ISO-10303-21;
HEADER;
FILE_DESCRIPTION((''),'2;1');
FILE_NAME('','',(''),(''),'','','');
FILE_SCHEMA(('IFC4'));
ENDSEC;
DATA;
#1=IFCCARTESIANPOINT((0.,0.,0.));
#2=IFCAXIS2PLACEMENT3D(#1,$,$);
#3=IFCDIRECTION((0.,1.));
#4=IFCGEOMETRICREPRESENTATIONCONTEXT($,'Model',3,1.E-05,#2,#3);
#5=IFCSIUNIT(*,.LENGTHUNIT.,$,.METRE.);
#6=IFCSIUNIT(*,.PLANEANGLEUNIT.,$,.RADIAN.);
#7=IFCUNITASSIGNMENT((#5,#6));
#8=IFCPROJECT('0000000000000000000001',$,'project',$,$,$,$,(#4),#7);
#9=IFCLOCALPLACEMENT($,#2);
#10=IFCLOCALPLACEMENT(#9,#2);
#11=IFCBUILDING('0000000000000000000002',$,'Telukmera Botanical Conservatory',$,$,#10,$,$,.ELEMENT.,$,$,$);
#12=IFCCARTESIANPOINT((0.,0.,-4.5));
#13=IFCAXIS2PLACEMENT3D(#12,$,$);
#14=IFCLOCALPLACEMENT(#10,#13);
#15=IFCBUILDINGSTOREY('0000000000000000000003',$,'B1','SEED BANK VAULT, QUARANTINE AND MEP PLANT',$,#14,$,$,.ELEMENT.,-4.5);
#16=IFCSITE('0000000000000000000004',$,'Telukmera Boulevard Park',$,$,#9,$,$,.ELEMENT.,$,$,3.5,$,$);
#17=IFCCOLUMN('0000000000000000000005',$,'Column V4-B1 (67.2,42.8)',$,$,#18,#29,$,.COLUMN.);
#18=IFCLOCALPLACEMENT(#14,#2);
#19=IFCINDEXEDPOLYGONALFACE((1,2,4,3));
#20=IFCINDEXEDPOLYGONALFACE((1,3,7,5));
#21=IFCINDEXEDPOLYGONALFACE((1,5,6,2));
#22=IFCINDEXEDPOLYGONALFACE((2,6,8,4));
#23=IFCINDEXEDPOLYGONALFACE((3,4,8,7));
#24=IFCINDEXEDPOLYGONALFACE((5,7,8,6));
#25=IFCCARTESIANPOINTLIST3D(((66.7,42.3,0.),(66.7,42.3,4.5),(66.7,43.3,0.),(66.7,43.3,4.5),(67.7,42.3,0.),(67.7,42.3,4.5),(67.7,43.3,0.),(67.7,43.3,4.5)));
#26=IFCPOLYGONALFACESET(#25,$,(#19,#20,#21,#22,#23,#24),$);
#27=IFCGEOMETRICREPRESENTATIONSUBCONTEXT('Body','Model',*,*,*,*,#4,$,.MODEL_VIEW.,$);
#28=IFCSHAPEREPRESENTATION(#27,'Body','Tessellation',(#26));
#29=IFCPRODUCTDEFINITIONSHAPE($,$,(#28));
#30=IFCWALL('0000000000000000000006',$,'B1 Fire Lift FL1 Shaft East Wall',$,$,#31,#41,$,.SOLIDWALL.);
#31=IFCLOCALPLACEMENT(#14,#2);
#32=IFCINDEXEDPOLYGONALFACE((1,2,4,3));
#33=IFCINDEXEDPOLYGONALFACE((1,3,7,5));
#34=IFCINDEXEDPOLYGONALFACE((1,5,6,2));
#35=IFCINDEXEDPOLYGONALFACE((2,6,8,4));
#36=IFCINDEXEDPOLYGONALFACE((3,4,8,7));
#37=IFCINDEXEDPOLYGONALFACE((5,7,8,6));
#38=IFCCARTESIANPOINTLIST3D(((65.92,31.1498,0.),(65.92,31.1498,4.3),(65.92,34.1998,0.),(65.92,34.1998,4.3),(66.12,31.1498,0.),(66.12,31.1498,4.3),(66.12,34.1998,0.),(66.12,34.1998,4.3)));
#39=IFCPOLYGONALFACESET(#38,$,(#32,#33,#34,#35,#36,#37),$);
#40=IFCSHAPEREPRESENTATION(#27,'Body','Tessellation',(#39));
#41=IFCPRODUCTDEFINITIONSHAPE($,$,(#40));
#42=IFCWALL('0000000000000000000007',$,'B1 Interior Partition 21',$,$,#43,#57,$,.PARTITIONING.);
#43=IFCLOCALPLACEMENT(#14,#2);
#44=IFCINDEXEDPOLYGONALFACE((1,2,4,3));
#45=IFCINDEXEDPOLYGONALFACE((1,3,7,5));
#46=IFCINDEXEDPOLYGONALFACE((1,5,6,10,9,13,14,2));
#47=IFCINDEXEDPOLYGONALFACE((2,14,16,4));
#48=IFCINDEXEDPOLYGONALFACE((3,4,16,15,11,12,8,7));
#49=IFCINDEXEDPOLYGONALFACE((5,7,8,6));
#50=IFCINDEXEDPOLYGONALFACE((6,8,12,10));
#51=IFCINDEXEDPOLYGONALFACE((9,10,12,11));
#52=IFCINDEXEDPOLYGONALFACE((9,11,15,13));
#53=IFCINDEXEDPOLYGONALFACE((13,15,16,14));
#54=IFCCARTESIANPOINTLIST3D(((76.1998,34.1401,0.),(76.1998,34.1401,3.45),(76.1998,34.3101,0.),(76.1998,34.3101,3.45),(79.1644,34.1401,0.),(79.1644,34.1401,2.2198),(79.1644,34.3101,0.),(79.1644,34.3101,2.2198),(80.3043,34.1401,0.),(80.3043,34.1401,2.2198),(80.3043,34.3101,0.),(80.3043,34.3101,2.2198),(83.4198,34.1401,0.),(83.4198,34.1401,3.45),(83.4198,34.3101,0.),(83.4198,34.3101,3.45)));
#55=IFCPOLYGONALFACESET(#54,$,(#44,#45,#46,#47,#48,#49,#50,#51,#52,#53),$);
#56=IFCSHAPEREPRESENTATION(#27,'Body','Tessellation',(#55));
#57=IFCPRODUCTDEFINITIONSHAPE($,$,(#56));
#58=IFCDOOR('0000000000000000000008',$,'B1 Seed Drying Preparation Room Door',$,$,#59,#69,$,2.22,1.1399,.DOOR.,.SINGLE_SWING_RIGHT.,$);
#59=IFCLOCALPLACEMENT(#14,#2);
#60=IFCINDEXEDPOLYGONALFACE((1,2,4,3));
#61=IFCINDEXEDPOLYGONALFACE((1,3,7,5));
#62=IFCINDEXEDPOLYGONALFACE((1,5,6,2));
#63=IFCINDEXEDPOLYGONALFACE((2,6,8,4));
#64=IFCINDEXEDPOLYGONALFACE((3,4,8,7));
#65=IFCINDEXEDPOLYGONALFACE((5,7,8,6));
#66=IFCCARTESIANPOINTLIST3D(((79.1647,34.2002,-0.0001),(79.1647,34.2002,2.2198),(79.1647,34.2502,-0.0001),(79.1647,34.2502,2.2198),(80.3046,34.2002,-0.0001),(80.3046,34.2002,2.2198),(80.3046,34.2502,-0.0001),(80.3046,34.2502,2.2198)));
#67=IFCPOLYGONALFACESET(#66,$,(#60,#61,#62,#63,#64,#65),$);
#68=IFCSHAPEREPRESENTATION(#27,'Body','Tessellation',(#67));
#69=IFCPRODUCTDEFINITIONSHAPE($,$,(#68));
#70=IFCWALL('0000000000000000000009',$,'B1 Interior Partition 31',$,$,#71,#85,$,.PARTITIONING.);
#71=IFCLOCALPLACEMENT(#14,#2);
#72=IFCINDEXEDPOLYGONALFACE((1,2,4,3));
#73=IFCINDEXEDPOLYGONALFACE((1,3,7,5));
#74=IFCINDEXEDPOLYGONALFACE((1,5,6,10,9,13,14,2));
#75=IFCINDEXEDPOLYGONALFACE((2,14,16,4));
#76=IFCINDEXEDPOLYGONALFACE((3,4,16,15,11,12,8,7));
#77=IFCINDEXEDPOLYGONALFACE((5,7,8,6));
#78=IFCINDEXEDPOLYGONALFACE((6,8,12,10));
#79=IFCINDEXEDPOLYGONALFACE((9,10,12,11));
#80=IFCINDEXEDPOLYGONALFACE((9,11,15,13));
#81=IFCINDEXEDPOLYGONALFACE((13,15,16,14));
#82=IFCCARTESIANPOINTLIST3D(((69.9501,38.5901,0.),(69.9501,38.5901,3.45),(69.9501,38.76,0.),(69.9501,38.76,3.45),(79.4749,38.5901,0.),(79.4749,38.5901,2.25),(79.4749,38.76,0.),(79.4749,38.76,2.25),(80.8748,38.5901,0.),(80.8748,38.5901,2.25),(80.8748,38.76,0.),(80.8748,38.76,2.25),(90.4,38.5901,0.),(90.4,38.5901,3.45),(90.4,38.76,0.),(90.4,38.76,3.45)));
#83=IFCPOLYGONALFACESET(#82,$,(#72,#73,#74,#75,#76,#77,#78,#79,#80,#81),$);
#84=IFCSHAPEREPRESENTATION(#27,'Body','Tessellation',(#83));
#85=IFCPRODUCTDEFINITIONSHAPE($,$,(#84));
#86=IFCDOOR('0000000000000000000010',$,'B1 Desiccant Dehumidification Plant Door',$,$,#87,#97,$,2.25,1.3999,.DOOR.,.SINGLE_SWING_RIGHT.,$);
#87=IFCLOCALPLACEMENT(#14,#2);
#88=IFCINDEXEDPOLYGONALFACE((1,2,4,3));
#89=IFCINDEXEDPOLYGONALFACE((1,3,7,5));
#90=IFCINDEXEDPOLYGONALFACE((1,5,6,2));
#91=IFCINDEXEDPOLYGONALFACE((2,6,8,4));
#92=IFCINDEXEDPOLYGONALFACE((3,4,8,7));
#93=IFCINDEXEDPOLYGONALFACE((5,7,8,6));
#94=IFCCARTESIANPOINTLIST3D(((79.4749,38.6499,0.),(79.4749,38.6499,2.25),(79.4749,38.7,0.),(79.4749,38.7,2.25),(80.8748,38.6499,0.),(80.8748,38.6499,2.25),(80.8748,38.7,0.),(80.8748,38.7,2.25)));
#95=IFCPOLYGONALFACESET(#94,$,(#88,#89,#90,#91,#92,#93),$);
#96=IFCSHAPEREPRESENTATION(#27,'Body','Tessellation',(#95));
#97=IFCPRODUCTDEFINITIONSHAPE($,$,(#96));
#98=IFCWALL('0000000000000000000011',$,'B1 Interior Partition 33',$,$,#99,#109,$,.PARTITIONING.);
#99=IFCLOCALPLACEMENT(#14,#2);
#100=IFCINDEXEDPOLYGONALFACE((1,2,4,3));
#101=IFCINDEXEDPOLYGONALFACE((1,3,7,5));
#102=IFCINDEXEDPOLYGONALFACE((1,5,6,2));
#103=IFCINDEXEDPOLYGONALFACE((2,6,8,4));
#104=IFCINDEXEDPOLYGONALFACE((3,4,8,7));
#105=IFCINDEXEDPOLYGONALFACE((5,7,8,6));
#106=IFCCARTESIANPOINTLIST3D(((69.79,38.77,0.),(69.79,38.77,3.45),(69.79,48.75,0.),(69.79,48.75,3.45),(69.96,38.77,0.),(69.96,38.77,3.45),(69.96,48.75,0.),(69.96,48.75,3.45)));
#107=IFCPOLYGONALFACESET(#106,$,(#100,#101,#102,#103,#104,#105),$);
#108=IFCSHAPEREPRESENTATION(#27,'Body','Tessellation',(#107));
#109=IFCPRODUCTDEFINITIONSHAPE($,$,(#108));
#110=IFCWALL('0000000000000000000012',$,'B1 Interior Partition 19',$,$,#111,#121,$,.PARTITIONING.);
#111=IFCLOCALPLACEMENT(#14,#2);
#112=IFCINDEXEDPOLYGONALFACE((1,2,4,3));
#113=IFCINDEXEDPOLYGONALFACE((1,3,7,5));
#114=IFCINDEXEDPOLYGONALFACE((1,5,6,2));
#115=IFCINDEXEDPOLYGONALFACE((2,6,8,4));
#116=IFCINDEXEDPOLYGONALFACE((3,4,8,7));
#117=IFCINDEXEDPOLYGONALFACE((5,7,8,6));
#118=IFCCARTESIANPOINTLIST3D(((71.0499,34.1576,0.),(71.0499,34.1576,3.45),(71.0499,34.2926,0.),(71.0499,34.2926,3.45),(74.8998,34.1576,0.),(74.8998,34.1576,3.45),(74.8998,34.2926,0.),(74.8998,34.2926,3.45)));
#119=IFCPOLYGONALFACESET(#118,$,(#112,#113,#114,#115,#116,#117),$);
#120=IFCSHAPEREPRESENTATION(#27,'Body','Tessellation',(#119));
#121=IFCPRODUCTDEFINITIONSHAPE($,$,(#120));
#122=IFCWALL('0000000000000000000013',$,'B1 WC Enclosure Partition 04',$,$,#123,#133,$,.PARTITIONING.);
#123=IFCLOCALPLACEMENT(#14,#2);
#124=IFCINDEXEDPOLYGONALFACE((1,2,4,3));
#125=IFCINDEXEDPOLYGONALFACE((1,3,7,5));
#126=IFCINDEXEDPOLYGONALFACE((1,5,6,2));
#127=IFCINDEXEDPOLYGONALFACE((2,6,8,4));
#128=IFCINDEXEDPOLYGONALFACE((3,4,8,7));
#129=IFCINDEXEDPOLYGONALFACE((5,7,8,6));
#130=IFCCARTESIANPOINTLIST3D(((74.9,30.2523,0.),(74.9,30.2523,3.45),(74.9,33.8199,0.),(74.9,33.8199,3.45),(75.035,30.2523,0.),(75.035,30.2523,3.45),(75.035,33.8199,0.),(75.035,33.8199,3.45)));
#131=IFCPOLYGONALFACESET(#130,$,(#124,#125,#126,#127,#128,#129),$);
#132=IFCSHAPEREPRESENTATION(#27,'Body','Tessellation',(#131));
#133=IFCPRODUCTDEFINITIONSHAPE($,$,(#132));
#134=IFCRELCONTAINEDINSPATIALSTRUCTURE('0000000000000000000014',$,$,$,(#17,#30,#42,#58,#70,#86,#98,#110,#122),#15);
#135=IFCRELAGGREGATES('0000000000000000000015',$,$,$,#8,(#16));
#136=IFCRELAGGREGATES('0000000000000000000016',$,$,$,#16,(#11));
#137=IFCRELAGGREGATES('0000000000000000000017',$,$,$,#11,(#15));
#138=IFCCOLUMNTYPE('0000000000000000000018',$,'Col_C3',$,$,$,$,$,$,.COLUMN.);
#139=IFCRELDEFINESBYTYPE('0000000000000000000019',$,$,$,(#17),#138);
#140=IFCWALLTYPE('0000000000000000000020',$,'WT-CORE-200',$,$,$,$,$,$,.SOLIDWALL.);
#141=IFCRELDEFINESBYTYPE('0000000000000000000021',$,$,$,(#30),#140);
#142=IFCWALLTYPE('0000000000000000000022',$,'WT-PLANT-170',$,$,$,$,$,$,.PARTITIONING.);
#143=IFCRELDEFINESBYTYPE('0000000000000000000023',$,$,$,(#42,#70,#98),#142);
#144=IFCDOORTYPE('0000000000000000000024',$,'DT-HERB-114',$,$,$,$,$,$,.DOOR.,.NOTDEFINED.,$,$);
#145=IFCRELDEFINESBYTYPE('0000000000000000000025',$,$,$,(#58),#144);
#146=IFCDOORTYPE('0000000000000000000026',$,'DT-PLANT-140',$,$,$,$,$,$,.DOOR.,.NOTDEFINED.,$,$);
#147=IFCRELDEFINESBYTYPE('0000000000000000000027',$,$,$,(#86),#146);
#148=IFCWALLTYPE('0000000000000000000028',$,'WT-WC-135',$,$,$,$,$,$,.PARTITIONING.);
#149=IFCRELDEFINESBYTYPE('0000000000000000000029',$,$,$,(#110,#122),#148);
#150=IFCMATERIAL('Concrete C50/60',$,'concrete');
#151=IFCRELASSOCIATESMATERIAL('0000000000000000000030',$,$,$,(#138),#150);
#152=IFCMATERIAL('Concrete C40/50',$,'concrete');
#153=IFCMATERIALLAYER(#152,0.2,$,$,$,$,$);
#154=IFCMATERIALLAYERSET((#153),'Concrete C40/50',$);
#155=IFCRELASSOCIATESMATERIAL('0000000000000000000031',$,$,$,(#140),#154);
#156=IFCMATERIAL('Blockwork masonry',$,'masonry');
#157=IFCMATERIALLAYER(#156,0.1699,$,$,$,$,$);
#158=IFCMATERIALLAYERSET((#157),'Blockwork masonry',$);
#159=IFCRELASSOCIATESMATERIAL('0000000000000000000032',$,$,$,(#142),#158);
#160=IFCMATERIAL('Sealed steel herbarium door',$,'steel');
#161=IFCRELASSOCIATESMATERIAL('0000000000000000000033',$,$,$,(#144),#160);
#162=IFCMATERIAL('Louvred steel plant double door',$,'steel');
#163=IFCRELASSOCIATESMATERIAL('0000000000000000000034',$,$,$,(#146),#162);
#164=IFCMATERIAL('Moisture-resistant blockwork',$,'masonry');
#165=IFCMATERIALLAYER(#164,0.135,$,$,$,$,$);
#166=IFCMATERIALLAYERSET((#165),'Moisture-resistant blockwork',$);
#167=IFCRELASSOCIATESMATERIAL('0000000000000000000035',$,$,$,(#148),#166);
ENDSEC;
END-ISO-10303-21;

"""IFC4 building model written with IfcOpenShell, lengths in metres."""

from ifc_helpers import new_model, si_unit, direction, frame, frame_2d, origin, origin_2d, place, context, subcontext, project, spatial, rectangle, extrude, material, layer, layer_set, material_profile, profile_set, type_object, element, fill, save


model = new_model("IFC4")

# Units and contexts
model_context = context("Model", 3, precision=1e-05, world=origin(), true_north=direction((0.0, 1.0)))
body_context = subcontext(model_context, "Body", "Model", "MODEL_VIEW")
ifc_project = project(units=[si_unit("LENGTHUNIT", "METRE"), si_unit("PLANEANGLEUNIT", "RADIAN")], contexts=[model_context])

# Site, building, storey
site_placement = place(None, origin())
site = spatial("IfcSite", under=ifc_project, at=site_placement, Name="Telukmera Boulevard Park", CompositionType="ELEMENT", RefElevation=3.5)
building_placement = place(site_placement, origin())
building = spatial("IfcBuilding", under=site, at=building_placement, Name="Telukmera Botanical Conservatory", CompositionType="ELEMENT")
storey_placement = place(building_placement, frame((0.0, 0.0, -4.5)))
storey = spatial("IfcBuildingStorey", under=building, at=storey_placement, Name="B1", Description="SEED BANK VAULT, QUARANTINE AND MEP PLANT", CompositionType="ELEMENT", Elevation=-4.5)

# Shared definitions
ifc_material_1 = material(Name="Concrete C50/60", Category="concrete")
ifc_material_2 = material(Name="Concrete C40/50", Category="concrete")

# Column
ifc_material_profile_1 = material_profile(ifc_material_1, rectangle(XDim=1.0, YDim=1.0, at=origin_2d()), Name="RC 1000x1000")
ifc_profile_set_1 = profile_set([ifc_material_profile_1], Name="Concrete C50/60")
column_type_1 = type_object("IfcColumnType", Name="Col_C3", PredefinedType="COLUMN", material=ifc_profile_set_1)
column_1_placement = place(storey_placement, frame((67.2, 42.8, 0.0), z_axis=(0.0, 0.0, 1.0), x_axis=(1.0, 0.0, 0.0)))
element("IfcColumn", 1, at=column_1_placement, inside=storey, type_object=column_type_1, Name="Column V4-B1 (67.2,42.8)", PredefinedType="COLUMN", context=body_context, shape_type="SweptSolid", body=[
    extrude(rectangle(XDim=1.0, YDim=1.0, at=origin_2d()), origin(), (0.0, 0.0, 1.0), 4.5),
])

# Wall
ifc_layer_1 = layer(ifc_material_2, 0.2)
ifc_layer_set_1 = layer_set([ifc_layer_1], Name="Concrete C40/50")
wall_type_1 = type_object("IfcWallType", Name="WT-CORE-200", PredefinedType="SOLIDWALL", material=ifc_layer_set_1)
wall_1_placement = place(storey_placement, frame((66.02, 31.1499, 0.0), z_axis=(0.0, 0.0, 1.0), x_axis=(0.0, 1.0, 0.0)))
element("IfcWall", 2, at=wall_1_placement, inside=storey, type_object=wall_type_1, Name="B1 Fire Lift FL1 Shaft East Wall", PredefinedType="SOLIDWALL", context=body_context, shape_type="SweptSolid", body=[
    extrude(rectangle(XDim=3.05, YDim=0.2, at=frame_2d((1.5249, 0.0))), origin(), (0.0, 0.0, 1.0), 4.3),
])

# Walls, openings, doors
ifc_material_3 = material(Name="Blockwork masonry", Category="masonry")
ifc_layer_2 = layer(ifc_material_3, 0.1699)
ifc_layer_set_2 = layer_set([ifc_layer_2], Name="Blockwork masonry")
wall_type_2 = type_object("IfcWallType", Name="WT-PLANT-170", PredefinedType="PARTITIONING", material=ifc_layer_set_2)
wall_2_placement = place(storey_placement, frame((76.2, 34.2251, 0.0), z_axis=(0.0, 0.0, 1.0), x_axis=(1.0, 0.0, 0.0)))
wall_2 = element("IfcWall", 3, at=wall_2_placement, inside=storey, type_object=wall_type_2, Name="B1 Interior Partition 21", PredefinedType="PARTITIONING", context=body_context, shape_type="SweptSolid", body=[
    extrude(rectangle(XDim=7.22, YDim=0.1699, at=frame_2d((3.6099, 0.0))), origin(), (0.0, 0.0, 1.0), 3.45),
])
opening_1_placement = place(wall_2_placement, frame((2.9646, 0.0, 0.0)))
opening_1 = element("IfcOpeningElement", 4, at=opening_1_placement, cuts=wall_2, PredefinedType="OPENING", context=body_context, shape_type="SweptSolid", body=[
    extrude(rectangle(XDim=1.1399, YDim=2.22, at=frame_2d((0.5698, 1.1099))), frame((0.0, 0.095, 0.0), z_axis=(0.0, -1.0, 0.0), x_axis=(1.0, 0.0, 0.0)), (0.0, 0.0, 1.0), 0.1899),
])
ifc_material_4 = material(Name="Sealed steel herbarium door", Category="steel")
door_type_1 = type_object("IfcDoorType", Name="DT-HERB-114", OperationType="NOTDEFINED", PredefinedType="DOOR", material=ifc_material_4)
door_1_placement = place(opening_1_placement, frame((1.1399, 0.0, 0.0), z_axis=(0.0, 0.0, 1.0), x_axis=(-1.0, 0.0, 0.0)))
door_1 = element("IfcDoor", 5, at=door_1_placement, inside=storey, type_object=door_type_1, Name="B1 Seed Drying Preparation Room Door", OperationType="SINGLE_SWING_RIGHT", OverallHeight=2.22, OverallWidth=1.1399, PredefinedType="DOOR", context=body_context, shape_type="SweptSolid", body=[
    extrude(rectangle(XDim=1.1399, YDim=2.22, at=frame_2d((0.5698, 1.1099))), frame((0.0, 0.0249, 0.0), z_axis=(0.0, -1.0, 0.0), x_axis=(1.0, 0.0, 0.0)), (0.0, 0.0, 1.0), 0.05),
])
fill(opening_1, door_1)
wall_3_placement = place(storey_placement, frame((69.95, 38.675, 0.0), z_axis=(0.0, 0.0, 1.0), x_axis=(1.0, 0.0, 0.0)))
wall_3 = element("IfcWall", 6, at=wall_3_placement, inside=storey, type_object=wall_type_2, Name="B1 Interior Partition 31", PredefinedType="PARTITIONING", context=body_context, shape_type="SweptSolid", body=[
    extrude(rectangle(XDim=20.45, YDim=0.1699, at=frame_2d((10.2251, 0.0))), origin(), (0.0, 0.0, 1.0), 3.45),
])
opening_2_placement = place(wall_3_placement, frame((9.5249, 0.0, 0.0)))
opening_2 = element("IfcOpeningElement", 7, at=opening_2_placement, cuts=wall_3, PredefinedType="OPENING", context=body_context, shape_type="SweptSolid", body=[
    extrude(rectangle(XDim=1.3999, YDim=2.25, at=frame_2d((0.7, 1.125))), frame((0.0, 0.095, 0.0), z_axis=(0.0, -1.0, 0.0), x_axis=(1.0, 0.0, 0.0)), (0.0, 0.0, 1.0), 0.1899),
])
ifc_material_5 = material(Name="Louvred steel plant double door", Category="steel")
door_type_2 = type_object("IfcDoorType", Name="DT-PLANT-140", OperationType="NOTDEFINED", PredefinedType="DOOR", material=ifc_material_5)
door_2_placement = place(opening_2_placement, origin())
door_2 = element("IfcDoor", 8, at=door_2_placement, inside=storey, type_object=door_type_2, Name="B1 Desiccant Dehumidification Plant Door", OperationType="SINGLE_SWING_RIGHT", OverallHeight=2.25, OverallWidth=1.3999, PredefinedType="DOOR", context=body_context, shape_type="SweptSolid", body=[
    extrude(rectangle(XDim=1.3999, YDim=2.25, at=frame_2d((0.7, 1.125))), frame((0.0, 0.0249, 0.0), z_axis=(0.0, -1.0, 0.0), x_axis=(1.0, 0.0, 0.0)), (0.0, 0.0, 1.0), 0.05),
])
fill(opening_2, door_2)

# Walls
wall_4_placement = place(storey_placement, frame((69.875, 38.77, 0.0), z_axis=(0.0, 0.0, 1.0), x_axis=(0.0, 1.0, 0.0)))
element("IfcWall", 9, at=wall_4_placement, inside=storey, type_object=wall_type_2, Name="B1 Interior Partition 33", PredefinedType="PARTITIONING", context=body_context, shape_type="SweptSolid", body=[
    extrude(rectangle(XDim=9.98, YDim=0.1699, at=frame_2d((4.99, 0.0))), origin(), (0.0, 0.0, 1.0), 3.45),
])
ifc_material_6 = material(Name="Moisture-resistant blockwork", Category="masonry")
ifc_layer_3 = layer(ifc_material_6, 0.135)
ifc_layer_set_3 = layer_set([ifc_layer_3], Name="Moisture-resistant blockwork")
wall_type_3 = type_object("IfcWallType", Name="WT-WC-135", PredefinedType="PARTITIONING", material=ifc_layer_set_3)
wall_5_placement = place(storey_placement, frame((71.05, 34.2251, 0.0), z_axis=(0.0, 0.0, 1.0), x_axis=(1.0, 0.0, 0.0)))
element("IfcWall", 10, at=wall_5_placement, inside=storey, type_object=wall_type_3, Name="B1 Interior Partition 19", PredefinedType="PARTITIONING", context=body_context, shape_type="SweptSolid", body=[
    extrude(rectangle(XDim=3.8499, YDim=0.135, at=frame_2d((1.9248, 0.0))), origin(), (0.0, 0.0, 1.0), 3.45),
])
wall_6_placement = place(storey_placement, frame((74.9675, 30.2524, 0.0), z_axis=(0.0, 0.0, 1.0), x_axis=(0.0, 1.0, 0.0)))
element("IfcWall", 11, at=wall_6_placement, inside=storey, type_object=wall_type_3, Name="B1 WC Enclosure Partition 04", PredefinedType="PARTITIONING", context=body_context, shape_type="SweptSolid", body=[
    extrude(rectangle(XDim=3.5676, YDim=0.135, at=frame_2d((1.7837, 0.0))), origin(), (0.0, 0.0, 1.0), 3.45),
])

save(model, "model.ifc")
